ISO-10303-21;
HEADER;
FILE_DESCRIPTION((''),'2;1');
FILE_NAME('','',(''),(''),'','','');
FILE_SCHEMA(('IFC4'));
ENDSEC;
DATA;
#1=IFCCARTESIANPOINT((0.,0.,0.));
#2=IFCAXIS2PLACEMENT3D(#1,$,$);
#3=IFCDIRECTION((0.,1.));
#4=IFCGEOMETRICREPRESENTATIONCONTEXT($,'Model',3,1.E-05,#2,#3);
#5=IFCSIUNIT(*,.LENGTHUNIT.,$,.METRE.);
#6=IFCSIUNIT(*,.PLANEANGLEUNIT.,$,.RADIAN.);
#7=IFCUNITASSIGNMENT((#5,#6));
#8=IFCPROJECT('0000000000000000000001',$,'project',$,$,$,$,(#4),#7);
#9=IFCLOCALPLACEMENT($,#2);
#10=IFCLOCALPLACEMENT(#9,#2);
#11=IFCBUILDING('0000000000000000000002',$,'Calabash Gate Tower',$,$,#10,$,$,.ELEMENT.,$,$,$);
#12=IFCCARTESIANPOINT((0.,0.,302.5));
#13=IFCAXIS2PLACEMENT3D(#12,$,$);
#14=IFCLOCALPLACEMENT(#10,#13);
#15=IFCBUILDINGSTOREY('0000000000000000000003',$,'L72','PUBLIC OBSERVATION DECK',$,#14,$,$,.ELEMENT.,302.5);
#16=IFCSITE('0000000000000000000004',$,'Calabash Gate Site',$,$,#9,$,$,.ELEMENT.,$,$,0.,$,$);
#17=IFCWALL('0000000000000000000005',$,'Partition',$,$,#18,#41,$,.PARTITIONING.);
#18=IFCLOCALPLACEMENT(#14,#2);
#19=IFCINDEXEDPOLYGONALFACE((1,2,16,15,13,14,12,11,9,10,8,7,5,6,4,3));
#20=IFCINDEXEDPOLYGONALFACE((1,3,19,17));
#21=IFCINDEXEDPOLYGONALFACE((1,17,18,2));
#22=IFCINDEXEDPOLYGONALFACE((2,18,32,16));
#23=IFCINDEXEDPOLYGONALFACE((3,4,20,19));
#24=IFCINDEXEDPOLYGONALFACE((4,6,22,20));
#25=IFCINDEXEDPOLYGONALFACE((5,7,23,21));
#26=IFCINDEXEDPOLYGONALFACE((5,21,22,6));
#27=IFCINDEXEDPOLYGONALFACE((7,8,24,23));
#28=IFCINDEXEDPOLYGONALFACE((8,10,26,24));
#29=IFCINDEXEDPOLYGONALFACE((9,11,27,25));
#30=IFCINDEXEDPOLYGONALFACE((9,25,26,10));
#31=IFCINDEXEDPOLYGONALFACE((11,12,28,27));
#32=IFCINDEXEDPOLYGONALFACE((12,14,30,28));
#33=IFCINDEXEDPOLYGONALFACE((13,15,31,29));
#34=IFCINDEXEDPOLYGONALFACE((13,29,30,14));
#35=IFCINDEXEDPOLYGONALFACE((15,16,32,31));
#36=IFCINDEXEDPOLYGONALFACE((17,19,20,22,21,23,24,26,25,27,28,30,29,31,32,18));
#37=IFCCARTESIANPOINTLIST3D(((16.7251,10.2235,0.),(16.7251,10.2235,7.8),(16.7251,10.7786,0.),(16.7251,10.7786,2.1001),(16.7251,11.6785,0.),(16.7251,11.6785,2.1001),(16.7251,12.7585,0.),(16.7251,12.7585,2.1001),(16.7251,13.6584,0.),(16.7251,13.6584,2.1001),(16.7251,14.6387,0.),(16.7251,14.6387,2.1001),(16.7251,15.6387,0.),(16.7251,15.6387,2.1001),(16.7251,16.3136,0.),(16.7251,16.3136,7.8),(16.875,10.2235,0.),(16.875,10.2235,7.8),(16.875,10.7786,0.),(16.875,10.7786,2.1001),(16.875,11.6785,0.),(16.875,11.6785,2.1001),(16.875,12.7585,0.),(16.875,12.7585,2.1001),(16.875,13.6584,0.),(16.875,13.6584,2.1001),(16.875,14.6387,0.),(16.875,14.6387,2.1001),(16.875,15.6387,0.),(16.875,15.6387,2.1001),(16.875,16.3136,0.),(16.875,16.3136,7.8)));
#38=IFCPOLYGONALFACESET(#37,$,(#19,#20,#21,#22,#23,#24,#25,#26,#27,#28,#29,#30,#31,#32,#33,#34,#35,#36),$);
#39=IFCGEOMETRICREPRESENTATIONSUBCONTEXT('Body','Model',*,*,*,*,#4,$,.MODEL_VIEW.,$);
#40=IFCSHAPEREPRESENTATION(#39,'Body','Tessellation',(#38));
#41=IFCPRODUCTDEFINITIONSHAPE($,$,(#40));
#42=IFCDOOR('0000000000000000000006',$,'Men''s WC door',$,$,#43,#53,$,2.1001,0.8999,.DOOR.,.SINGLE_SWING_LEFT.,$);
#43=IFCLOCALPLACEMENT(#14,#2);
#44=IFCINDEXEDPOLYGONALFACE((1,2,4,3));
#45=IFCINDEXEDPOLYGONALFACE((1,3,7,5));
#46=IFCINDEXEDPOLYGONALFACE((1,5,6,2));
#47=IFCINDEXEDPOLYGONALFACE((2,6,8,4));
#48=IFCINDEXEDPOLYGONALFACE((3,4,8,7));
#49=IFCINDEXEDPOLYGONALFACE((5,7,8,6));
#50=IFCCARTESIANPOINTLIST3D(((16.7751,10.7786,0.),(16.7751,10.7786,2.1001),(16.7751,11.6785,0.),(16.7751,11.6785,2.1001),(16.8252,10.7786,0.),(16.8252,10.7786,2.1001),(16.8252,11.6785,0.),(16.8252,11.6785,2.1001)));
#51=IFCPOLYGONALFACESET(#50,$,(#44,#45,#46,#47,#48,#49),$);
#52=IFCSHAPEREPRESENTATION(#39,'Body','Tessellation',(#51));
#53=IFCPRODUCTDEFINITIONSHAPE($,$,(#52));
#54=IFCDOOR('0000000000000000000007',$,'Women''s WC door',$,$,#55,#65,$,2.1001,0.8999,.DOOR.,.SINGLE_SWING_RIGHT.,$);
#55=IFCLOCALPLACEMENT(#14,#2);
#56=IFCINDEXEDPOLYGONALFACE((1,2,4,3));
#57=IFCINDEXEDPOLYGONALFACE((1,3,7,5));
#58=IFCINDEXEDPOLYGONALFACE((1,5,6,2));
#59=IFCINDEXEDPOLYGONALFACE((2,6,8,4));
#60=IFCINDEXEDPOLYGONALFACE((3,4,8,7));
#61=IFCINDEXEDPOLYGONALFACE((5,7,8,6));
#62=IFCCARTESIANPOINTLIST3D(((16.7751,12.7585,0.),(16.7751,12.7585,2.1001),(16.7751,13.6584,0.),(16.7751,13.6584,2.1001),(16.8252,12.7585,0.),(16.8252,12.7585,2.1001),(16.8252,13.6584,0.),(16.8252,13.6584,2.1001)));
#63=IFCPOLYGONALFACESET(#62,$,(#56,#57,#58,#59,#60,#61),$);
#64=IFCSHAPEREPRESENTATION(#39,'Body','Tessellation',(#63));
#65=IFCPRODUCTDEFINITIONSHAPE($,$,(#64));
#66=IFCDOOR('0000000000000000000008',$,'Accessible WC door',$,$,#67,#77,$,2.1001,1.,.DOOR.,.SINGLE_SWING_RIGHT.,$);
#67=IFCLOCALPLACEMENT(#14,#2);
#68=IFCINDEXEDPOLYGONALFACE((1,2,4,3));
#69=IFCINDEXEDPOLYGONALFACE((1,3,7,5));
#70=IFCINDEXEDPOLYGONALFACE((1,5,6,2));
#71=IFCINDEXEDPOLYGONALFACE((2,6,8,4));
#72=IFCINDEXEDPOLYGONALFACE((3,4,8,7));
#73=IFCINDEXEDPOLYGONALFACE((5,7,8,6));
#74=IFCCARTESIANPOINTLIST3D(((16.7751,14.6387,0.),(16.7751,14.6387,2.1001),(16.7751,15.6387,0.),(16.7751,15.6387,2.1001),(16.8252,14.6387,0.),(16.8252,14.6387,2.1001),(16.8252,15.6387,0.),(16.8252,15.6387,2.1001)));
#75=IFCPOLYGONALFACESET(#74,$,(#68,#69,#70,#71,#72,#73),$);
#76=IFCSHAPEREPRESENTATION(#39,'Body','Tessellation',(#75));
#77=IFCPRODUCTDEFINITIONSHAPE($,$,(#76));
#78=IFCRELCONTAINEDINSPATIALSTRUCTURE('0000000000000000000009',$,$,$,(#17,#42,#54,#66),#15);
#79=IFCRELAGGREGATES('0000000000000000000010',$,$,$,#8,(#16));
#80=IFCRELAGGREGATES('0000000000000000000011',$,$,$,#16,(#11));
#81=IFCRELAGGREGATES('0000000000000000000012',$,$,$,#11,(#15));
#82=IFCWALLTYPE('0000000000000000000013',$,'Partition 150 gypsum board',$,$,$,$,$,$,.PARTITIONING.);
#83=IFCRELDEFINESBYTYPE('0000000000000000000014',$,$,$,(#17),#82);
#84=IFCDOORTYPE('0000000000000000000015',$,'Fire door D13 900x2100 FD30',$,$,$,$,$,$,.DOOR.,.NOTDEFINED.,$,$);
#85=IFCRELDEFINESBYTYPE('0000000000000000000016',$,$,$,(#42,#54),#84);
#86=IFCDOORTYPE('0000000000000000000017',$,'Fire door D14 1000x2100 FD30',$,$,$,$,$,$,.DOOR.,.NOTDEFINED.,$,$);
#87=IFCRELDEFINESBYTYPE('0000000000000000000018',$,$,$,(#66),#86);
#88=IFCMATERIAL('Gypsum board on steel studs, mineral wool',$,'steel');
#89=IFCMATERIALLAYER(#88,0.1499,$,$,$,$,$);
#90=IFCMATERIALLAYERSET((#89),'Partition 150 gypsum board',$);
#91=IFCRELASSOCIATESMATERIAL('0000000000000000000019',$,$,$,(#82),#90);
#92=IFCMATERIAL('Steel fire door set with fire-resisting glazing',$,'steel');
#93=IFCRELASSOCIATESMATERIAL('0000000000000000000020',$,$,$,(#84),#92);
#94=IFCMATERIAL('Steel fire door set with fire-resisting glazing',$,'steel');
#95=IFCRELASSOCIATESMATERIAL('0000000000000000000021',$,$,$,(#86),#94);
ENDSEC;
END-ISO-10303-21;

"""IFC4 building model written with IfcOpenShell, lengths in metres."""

from ifc_helpers import new_model, si_unit, direction, frame, frame_2d, origin, place, context, subcontext, project, spatial, rectangle, extrude, material, layer, layer_set, type_object, element, fill, save


model = new_model("IFC4")

# Units and contexts
model_context = context("Model", 3, precision=1e-05, world=origin(), true_north=direction((0.0, 1.0)))
body_context = subcontext(model_context, "Body", "Model", "MODEL_VIEW")
ifc_project = project(units=[si_unit("LENGTHUNIT", "METRE"), si_unit("PLANEANGLEUNIT", "RADIAN")], contexts=[model_context])

# Site, building, storey
site_placement = place(None, origin())
site = spatial("IfcSite", under=ifc_project, at=site_placement, Name="Calabash Gate Site", CompositionType="ELEMENT", RefElevation=0.0)
building_placement = place(site_placement, origin())
building = spatial("IfcBuilding", under=site, at=building_placement, Name="Calabash Gate Tower", CompositionType="ELEMENT")
storey_placement = place(building_placement, frame((0.0, 0.0, 302.5)))
storey = spatial("IfcBuildingStorey", under=building, at=storey_placement, Name="L72", Description="PUBLIC OBSERVATION DECK", CompositionType="ELEMENT", Elevation=302.5)

# Shared definitions
ifc_material_1 = material(Name="Gypsum board on steel studs, mineral wool", Category="steel")
ifc_layer_1 = layer(ifc_material_1, 0.1499)
ifc_layer_set_1 = layer_set([ifc_layer_1], Name="Partition 150 gypsum board")
wall_type_1 = type_object("IfcWallType", Name="Partition 150 gypsum board", PredefinedType="PARTITIONING", material=ifc_layer_set_1)

# Wall, openings, doors
wall_1_placement = place(storey_placement, frame((16.8, 10.2236, 0.0), z_axis=(0.0, 0.0, 1.0), x_axis=(0.0, 1.0, 0.0)))
wall_1 = element("IfcWall", 1, at=wall_1_placement, inside=storey, type_object=wall_type_1, Name="Partition", PredefinedType="PARTITIONING", context=body_context, shape_type="SweptSolid", body=[
    extrude(rectangle(XDim=6.0901, YDim=0.1499, at=frame_2d((3.0449, 0.0))), origin(), (0.0, 0.0, 1.0), 7.8),
])
opening_1_placement = place(wall_1_placement, frame((0.5549, 0.0, 0.0)))
opening_1 = element("IfcOpeningElement", 2, at=opening_1_placement, cuts=wall_1, PredefinedType="OPENING", context=body_context, shape_type="SweptSolid", body=[
    extrude(rectangle(XDim=0.8999, YDim=2.1001, at=frame_2d((0.45, 1.05))), frame((0.0, 0.085, 0.0), z_axis=(0.0, -1.0, 0.0), x_axis=(1.0, 0.0, 0.0)), (0.0, 0.0, 1.0), 0.1699),
])
opening_2_placement = place(wall_1_placement, frame((2.5349, 0.0, 0.0)))
opening_2 = element("IfcOpeningElement", 3, at=opening_2_placement, cuts=wall_1, PredefinedType="OPENING", context=body_context, shape_type="SweptSolid", body=[
    extrude(rectangle(XDim=0.8999, YDim=2.1001, at=frame_2d((0.45, 1.05))), frame((0.0, 0.085, 0.0), z_axis=(0.0, -1.0, 0.0), x_axis=(1.0, 0.0, 0.0)), (0.0, 0.0, 1.0), 0.1699),
])
opening_3_placement = place(wall_1_placement, frame((4.415, 0.0, 0.0)))
opening_3 = element("IfcOpeningElement", 4, at=opening_3_placement, cuts=wall_1, PredefinedType="OPENING", context=body_context, shape_type="SweptSolid", body=[
    extrude(rectangle(XDim=1.0, YDim=2.1001, at=frame_2d((0.5, 1.05))), frame((0.0, 0.085, 0.0), z_axis=(0.0, -1.0, 0.0), x_axis=(1.0, 0.0, 0.0)), (0.0, 0.0, 1.0), 0.1699),
])
ifc_material_2 = material(Name="Steel fire door set with fire-resisting glazing", Category="steel")
door_type_1 = type_object("IfcDoorType", Name="Fire door D13 900x2100 FD30", OperationType="NOTDEFINED", PredefinedType="DOOR", material=ifc_material_2)
door_1_placement = place(opening_1_placement, origin())
door_1 = element("IfcDoor", 5, at=door_1_placement, inside=storey, type_object=door_type_1, Name="Men's WC door", OperationType="SINGLE_SWING_LEFT", OverallHeight=2.1001, OverallWidth=0.8999, PredefinedType="DOOR", context=body_context, shape_type="SweptSolid", body=[
    extrude(rectangle(XDim=0.8999, YDim=2.1001, at=frame_2d((0.45, 1.05))), frame((0.0, 0.0249, 0.0), z_axis=(0.0, -1.0, 0.0), x_axis=(1.0, 0.0, 0.0)), (0.0, 0.0, 1.0), 0.05),
])
fill(opening_1, door_1)
door_2_placement = place(opening_2_placement, origin())
door_2 = element("IfcDoor", 6, at=door_2_placement, inside=storey, type_object=door_type_1, Name="Women's WC door", OperationType="SINGLE_SWING_RIGHT", OverallHeight=2.1001, OverallWidth=0.8999, PredefinedType="DOOR", context=body_context, shape_type="SweptSolid", body=[
    extrude(rectangle(XDim=0.8999, YDim=2.1001, at=frame_2d((0.45, 1.05))), frame((0.0, 0.0249, 0.0), z_axis=(0.0, -1.0, 0.0), x_axis=(1.0, 0.0, 0.0)), (0.0, 0.0, 1.0), 0.05),
])
fill(opening_2, door_2)
ifc_material_3 = material(Name="Steel fire door set with fire-resisting glazing", Category="steel")
door_type_2 = type_object("IfcDoorType", Name="Fire door D14 1000x2100 FD30", OperationType="NOTDEFINED", PredefinedType="DOOR", material=ifc_material_3)
door_3_placement = place(opening_3_placement, origin())
door_3 = element("IfcDoor", 7, at=door_3_placement, inside=storey, type_object=door_type_2, Name="Accessible WC door", OperationType="SINGLE_SWING_RIGHT", OverallHeight=2.1001, OverallWidth=1.0, PredefinedType="DOOR", context=body_context, shape_type="SweptSolid", body=[
    extrude(rectangle(XDim=1.0, YDim=2.1001, at=frame_2d((0.5, 1.05))), frame((0.0, 0.0249, 0.0), z_axis=(0.0, -1.0, 0.0), x_axis=(1.0, 0.0, 0.0)), (0.0, 0.0, 1.0), 0.05),
])
fill(opening_3, door_3)

save(model, "model.ifc")
